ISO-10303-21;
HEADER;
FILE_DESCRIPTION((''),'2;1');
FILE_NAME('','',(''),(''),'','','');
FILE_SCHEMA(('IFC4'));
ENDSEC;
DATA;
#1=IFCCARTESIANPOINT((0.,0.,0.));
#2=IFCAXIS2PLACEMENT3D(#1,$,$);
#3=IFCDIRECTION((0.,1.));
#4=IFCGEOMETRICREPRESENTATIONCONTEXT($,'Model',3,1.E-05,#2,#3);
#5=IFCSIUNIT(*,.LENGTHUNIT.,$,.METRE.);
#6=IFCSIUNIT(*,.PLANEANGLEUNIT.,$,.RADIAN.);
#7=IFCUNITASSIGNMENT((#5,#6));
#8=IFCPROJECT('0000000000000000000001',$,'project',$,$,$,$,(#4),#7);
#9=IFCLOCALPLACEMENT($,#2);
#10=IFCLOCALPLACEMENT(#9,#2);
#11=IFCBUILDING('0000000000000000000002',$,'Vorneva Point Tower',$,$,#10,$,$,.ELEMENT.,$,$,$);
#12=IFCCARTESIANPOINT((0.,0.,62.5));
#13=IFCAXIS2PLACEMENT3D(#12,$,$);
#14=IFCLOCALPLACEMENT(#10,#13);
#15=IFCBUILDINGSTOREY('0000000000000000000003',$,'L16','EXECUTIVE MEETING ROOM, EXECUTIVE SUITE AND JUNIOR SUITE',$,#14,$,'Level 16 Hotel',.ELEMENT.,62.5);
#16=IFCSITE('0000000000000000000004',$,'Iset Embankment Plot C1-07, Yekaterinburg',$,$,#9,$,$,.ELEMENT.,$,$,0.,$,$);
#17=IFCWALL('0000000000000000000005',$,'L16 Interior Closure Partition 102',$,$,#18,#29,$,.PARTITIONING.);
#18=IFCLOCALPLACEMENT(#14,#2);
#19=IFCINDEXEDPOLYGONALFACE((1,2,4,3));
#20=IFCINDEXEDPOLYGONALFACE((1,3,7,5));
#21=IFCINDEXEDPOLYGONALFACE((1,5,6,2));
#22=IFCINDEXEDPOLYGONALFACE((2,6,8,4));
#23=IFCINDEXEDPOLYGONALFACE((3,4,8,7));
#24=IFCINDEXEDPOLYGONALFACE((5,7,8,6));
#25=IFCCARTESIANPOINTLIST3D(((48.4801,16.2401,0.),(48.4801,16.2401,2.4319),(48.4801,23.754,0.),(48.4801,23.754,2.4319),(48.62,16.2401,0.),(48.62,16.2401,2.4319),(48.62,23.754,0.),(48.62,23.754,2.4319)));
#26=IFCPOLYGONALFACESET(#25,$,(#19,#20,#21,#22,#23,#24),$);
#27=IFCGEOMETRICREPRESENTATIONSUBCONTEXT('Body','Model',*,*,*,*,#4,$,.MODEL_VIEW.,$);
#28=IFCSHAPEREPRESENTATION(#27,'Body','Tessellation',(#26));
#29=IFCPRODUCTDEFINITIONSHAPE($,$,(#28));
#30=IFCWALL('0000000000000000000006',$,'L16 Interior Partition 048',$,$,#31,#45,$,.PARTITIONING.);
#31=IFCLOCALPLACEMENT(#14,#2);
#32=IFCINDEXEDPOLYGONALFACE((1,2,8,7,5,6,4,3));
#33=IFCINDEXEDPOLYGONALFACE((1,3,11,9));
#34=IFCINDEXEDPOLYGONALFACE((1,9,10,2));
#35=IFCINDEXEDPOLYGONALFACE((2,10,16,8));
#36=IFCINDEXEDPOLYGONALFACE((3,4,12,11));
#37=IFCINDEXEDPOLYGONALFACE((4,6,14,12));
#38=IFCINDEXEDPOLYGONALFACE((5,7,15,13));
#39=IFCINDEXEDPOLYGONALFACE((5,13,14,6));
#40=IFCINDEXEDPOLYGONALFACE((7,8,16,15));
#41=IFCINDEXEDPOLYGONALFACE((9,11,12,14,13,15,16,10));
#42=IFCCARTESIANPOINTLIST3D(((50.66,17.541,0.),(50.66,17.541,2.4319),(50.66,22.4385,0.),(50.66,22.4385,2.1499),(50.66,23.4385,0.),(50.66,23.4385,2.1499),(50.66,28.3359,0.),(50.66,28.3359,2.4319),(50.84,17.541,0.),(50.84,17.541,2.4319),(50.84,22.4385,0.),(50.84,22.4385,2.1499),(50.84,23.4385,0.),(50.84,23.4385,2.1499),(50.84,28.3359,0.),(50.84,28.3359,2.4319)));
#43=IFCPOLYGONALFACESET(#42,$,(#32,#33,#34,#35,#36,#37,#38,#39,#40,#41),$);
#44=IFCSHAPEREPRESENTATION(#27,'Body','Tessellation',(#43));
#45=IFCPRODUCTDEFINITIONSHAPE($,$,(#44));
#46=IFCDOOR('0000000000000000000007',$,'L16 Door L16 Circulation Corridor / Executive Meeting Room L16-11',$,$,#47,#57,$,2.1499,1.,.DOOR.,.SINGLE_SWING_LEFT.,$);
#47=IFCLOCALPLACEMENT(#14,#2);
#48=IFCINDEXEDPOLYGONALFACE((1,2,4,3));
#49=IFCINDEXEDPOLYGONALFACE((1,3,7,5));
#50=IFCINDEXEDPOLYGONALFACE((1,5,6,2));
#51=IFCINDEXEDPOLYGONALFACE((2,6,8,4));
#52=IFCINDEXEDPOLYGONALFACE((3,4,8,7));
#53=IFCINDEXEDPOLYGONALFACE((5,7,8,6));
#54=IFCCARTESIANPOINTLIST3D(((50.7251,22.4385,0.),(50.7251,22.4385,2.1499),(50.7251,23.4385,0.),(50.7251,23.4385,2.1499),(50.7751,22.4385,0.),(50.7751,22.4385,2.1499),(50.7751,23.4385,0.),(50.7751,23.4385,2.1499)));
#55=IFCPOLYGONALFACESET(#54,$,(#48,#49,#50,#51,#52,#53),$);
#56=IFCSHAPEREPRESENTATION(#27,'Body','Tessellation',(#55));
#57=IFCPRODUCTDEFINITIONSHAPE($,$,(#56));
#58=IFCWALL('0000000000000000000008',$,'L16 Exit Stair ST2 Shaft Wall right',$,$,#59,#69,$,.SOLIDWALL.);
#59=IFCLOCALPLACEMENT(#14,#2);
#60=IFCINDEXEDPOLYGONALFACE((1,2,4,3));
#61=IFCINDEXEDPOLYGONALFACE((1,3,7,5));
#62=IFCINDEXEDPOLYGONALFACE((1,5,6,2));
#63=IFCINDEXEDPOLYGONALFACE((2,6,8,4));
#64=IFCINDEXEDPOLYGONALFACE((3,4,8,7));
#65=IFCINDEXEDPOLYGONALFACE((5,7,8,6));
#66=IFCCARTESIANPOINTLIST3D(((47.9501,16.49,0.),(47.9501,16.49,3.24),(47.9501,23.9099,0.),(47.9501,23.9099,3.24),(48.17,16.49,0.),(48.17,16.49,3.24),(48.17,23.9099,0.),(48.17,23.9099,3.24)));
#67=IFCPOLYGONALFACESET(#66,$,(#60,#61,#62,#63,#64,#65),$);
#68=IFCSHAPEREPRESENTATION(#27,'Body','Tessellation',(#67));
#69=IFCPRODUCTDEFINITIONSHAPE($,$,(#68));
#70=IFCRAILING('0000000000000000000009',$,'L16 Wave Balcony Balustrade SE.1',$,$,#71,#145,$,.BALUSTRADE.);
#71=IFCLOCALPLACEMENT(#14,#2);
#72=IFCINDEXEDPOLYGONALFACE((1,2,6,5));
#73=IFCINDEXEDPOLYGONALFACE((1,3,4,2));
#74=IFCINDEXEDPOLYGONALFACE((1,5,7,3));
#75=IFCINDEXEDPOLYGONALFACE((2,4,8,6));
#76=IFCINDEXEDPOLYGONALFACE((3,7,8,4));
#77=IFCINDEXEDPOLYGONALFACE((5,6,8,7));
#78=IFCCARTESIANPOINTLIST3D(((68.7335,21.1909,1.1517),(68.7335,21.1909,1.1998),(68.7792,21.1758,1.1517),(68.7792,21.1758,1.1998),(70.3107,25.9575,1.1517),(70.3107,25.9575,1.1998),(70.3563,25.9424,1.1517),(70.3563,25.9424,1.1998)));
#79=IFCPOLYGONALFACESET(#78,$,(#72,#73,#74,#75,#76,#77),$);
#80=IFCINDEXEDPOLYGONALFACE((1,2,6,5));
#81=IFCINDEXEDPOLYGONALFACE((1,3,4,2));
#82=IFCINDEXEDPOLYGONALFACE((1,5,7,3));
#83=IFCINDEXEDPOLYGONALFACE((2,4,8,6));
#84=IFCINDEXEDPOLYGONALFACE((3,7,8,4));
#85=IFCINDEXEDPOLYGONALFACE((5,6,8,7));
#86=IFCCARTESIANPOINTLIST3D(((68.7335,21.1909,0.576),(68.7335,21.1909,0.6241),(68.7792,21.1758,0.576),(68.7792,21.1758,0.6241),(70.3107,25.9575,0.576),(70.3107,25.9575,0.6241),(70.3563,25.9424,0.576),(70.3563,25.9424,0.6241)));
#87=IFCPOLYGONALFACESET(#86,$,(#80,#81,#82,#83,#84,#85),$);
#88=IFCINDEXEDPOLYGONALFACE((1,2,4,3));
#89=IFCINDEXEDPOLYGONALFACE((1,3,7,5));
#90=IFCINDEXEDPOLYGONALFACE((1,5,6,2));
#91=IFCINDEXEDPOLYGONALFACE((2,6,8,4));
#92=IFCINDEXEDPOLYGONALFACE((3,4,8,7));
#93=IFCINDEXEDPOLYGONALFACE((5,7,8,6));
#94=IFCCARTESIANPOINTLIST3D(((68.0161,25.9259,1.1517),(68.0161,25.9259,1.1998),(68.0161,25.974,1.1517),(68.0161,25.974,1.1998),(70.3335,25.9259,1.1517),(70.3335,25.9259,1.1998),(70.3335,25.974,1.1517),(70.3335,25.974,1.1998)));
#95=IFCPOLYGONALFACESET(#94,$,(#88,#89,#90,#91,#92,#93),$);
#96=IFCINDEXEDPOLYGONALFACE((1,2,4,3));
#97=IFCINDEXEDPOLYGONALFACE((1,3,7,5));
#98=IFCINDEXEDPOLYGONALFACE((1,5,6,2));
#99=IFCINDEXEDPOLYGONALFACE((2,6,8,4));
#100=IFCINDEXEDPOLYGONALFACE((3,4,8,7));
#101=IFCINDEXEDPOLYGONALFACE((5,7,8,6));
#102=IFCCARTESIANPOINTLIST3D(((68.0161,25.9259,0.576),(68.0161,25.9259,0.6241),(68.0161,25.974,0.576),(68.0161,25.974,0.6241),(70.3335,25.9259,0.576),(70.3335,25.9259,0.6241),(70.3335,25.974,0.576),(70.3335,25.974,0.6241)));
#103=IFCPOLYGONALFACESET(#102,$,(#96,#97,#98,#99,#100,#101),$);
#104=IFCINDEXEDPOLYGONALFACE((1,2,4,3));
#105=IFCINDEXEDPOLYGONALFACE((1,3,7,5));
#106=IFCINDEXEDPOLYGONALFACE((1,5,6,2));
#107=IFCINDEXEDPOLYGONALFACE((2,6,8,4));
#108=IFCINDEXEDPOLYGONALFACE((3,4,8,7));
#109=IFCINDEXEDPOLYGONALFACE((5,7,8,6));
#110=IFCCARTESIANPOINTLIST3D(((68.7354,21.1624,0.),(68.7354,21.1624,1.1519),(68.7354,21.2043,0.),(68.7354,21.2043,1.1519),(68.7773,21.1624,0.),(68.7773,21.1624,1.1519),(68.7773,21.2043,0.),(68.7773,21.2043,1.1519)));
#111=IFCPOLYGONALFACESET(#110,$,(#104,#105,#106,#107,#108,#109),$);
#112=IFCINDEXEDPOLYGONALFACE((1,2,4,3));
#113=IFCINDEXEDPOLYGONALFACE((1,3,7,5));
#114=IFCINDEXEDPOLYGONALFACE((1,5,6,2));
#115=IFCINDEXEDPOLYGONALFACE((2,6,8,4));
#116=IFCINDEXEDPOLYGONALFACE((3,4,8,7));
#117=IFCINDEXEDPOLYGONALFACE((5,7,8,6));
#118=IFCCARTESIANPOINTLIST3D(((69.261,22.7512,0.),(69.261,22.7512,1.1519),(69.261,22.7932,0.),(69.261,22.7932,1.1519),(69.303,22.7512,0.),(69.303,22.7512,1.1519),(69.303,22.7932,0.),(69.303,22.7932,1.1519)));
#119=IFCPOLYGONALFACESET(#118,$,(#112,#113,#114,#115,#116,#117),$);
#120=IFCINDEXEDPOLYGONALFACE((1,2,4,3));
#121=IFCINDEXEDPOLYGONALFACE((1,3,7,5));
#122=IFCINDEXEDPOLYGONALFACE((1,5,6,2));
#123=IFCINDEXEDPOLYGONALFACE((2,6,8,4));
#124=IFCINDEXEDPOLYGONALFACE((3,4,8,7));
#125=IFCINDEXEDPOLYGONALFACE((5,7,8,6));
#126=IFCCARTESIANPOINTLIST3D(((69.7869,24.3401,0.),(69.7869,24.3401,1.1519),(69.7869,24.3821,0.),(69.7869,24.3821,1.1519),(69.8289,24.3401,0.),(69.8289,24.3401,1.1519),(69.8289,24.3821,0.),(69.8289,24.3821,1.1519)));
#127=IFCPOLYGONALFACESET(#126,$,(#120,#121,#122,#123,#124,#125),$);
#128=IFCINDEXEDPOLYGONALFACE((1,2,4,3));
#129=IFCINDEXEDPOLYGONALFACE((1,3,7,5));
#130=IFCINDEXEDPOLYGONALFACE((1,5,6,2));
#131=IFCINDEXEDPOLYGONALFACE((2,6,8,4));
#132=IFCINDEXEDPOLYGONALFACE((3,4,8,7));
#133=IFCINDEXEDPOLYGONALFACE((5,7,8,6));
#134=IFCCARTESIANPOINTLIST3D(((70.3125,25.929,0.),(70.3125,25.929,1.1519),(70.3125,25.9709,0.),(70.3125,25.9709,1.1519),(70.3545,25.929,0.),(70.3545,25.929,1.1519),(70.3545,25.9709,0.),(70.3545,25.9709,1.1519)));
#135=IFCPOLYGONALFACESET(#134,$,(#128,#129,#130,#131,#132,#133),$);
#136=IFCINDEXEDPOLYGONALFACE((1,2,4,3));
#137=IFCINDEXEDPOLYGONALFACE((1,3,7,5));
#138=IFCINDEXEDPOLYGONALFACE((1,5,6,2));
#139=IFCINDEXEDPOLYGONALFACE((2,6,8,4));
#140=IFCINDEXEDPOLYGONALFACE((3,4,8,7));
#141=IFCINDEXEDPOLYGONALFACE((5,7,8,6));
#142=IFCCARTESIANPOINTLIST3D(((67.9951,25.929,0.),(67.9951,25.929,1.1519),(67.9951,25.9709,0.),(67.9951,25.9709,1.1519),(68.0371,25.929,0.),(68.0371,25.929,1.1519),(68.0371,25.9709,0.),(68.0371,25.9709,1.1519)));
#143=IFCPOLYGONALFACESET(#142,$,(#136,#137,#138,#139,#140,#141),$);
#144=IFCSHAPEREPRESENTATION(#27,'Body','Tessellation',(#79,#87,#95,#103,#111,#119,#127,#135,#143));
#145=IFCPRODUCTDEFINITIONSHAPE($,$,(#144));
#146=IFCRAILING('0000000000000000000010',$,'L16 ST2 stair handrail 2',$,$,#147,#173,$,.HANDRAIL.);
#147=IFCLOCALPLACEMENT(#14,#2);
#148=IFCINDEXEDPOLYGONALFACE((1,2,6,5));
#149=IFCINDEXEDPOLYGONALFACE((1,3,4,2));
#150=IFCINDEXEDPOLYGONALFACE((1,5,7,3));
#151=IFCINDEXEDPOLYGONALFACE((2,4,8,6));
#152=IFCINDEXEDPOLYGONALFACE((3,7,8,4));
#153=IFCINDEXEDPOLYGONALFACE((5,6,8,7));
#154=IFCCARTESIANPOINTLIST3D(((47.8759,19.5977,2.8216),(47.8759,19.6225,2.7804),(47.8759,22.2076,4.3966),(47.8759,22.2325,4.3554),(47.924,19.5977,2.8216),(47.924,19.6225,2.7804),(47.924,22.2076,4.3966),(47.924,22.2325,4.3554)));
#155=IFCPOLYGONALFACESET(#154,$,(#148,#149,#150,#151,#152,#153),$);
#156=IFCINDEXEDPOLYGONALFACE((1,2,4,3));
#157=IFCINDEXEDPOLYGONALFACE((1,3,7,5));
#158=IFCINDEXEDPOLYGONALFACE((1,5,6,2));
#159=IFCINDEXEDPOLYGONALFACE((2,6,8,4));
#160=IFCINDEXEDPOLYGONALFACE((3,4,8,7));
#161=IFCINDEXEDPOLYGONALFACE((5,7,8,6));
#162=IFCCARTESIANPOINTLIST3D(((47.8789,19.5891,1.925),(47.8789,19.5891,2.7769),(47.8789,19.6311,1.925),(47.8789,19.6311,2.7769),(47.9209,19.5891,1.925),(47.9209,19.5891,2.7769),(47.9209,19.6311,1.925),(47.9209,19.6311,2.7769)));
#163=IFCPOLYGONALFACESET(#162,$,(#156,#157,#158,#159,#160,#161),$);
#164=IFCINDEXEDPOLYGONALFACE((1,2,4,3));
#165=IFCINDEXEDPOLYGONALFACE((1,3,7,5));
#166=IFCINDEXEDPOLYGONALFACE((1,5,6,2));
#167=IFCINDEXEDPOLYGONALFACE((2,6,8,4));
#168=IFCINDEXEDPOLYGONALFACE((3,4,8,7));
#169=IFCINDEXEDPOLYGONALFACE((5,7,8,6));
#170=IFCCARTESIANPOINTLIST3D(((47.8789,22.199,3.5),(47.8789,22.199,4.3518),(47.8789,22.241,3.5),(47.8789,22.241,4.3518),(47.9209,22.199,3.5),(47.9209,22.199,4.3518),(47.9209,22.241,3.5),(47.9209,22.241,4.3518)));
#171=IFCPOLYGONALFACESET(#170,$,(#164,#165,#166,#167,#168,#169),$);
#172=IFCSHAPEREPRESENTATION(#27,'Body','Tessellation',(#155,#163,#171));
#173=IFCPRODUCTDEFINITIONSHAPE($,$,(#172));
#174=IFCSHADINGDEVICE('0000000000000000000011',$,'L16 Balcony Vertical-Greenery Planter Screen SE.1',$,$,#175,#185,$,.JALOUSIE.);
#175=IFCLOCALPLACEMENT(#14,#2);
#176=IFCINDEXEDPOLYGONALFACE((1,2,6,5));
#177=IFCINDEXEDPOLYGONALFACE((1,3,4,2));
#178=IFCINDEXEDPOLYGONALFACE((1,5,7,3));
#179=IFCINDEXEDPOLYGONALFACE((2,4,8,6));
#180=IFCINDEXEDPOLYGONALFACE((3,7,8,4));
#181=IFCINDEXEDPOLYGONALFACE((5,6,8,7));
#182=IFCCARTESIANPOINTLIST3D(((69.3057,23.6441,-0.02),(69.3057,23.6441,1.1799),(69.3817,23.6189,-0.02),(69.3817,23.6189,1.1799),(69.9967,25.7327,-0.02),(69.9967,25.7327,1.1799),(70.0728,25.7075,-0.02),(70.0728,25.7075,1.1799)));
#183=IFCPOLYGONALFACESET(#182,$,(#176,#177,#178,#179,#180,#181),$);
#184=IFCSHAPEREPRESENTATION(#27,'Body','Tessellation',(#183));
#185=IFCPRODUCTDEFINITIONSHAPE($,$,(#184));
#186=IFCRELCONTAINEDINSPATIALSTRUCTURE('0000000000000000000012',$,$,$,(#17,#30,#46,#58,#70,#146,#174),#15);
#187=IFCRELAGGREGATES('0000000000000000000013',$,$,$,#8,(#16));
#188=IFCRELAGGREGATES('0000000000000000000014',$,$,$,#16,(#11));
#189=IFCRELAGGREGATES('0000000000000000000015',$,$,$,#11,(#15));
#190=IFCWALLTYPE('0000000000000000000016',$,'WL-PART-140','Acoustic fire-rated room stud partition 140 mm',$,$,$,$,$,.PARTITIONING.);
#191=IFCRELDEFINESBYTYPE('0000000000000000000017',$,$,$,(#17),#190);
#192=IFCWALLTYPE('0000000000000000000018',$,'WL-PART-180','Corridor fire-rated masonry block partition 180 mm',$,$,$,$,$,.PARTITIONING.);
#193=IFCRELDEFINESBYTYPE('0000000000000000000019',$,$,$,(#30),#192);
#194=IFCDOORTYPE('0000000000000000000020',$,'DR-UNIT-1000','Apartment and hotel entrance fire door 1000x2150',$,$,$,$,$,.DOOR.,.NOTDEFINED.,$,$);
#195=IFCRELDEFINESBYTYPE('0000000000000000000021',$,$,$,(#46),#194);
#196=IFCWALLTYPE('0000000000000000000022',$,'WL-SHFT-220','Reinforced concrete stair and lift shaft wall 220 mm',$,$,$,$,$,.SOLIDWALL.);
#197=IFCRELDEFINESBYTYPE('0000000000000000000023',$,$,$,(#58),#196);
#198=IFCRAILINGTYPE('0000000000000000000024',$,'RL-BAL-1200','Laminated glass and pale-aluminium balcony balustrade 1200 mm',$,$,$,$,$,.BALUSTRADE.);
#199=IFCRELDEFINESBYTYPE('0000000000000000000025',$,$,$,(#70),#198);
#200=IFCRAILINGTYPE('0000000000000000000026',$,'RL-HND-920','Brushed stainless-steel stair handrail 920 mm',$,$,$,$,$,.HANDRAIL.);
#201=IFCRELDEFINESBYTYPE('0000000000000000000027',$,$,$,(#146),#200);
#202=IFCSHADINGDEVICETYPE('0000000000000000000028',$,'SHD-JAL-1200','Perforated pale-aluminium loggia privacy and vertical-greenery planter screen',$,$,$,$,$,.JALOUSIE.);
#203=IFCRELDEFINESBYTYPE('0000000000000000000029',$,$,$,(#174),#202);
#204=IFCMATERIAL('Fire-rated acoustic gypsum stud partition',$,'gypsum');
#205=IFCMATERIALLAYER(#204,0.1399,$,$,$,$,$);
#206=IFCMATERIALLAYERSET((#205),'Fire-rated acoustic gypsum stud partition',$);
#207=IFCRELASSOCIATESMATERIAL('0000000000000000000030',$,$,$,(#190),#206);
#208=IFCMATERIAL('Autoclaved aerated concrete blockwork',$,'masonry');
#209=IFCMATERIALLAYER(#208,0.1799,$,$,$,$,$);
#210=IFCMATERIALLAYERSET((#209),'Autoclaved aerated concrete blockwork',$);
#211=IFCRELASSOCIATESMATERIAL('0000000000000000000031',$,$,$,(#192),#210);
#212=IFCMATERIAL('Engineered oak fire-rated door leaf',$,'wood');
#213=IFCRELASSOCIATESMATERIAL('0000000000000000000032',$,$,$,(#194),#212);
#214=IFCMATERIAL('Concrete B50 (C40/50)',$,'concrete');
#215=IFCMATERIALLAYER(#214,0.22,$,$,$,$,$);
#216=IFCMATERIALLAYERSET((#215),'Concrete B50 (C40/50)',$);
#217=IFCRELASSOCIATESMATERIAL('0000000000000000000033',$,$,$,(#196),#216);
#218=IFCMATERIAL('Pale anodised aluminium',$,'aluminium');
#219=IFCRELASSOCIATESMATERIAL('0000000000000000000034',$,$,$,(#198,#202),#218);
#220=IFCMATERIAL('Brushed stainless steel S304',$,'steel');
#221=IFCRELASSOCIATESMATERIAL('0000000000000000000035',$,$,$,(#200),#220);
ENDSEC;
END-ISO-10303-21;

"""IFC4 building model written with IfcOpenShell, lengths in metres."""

from ifc_helpers import new_model, si_unit, direction, frame, frame_2d, origin, origin_2d, place, context, subcontext, project, spatial, rectangle, extrude, material, layer, layer_set, type_object, element, fill, save


model = new_model("IFC4")

# Units and contexts
model_context = context("Model", 3, precision=1e-05, world=origin(), true_north=direction((0.0, 1.0)))
body_context = subcontext(model_context, "Body", "Model", "MODEL_VIEW")
ifc_project = project(units=[si_unit("LENGTHUNIT", "METRE"), si_unit("PLANEANGLEUNIT", "RADIAN")], contexts=[model_context])

# Site, building, storey
site_placement = place(None, origin())
site = spatial("IfcSite", under=ifc_project, at=site_placement, Name="Iset Embankment Plot C1-07, Yekaterinburg", CompositionType="ELEMENT", RefElevation=0.0)
building_placement = place(site_placement, origin())
building = spatial("IfcBuilding", under=site, at=building_placement, Name="Vorneva Point Tower", CompositionType="ELEMENT")
storey_placement = place(building_placement, frame((0.0, 0.0, 62.5)))
storey = spatial("IfcBuildingStorey", under=building, at=storey_placement, Name="L16", Description="EXECUTIVE MEETING ROOM, EXECUTIVE SUITE AND JUNIOR SUITE", LongName="Level 16 Hotel", CompositionType="ELEMENT", Elevation=62.5)

# Shared definitions
ifc_material_1 = material(Name="Pale anodised aluminium", Category="aluminium")

# Wall
ifc_material_2 = material(Name="Fire-rated acoustic gypsum stud partition", Category="gypsum")
ifc_layer_1 = layer(ifc_material_2, 0.1399)
ifc_layer_set_1 = layer_set([ifc_layer_1], Name="Fire-rated acoustic gypsum stud partition")
wall_type_1 = type_object("IfcWallType", Name="WL-PART-140", Description="Acoustic fire-rated room stud partition 140 mm", PredefinedType="PARTITIONING", material=ifc_layer_set_1)
wall_1_placement = place(storey_placement, frame((48.55, 23.7539, 0.0), z_axis=(0.0, 0.0, 1.0), x_axis=(0.0, -1.0, 0.0)))
element("IfcWall", 1, at=wall_1_placement, inside=storey, type_object=wall_type_1, Name="L16 Interior Closure Partition 102", PredefinedType="PARTITIONING", context=body_context, shape_type="SweptSolid", body=[
    extrude(rectangle(XDim=7.5139, YDim=0.1399, at=frame_2d((3.7568, 0.0))), origin(), (0.0, 0.0, 1.0), 2.4319),
])

# Wall, opening, door
ifc_material_3 = material(Name="Autoclaved aerated concrete blockwork", Category="masonry")
ifc_layer_2 = layer(ifc_material_3, 0.1799)
ifc_layer_set_2 = layer_set([ifc_layer_2], Name="Autoclaved aerated concrete blockwork")
wall_type_2 = type_object("IfcWallType", Name="WL-PART-180", Description="Corridor fire-rated masonry block partition 180 mm", PredefinedType="PARTITIONING", material=ifc_layer_set_2)
wall_2_placement = place(storey_placement, frame((50.75, 17.541, 0.0), z_axis=(0.0, 0.0, 1.0), x_axis=(0.0, 1.0, 0.0)))
wall_2 = element("IfcWall", 2, at=wall_2_placement, inside=storey, type_object=wall_type_2, Name="L16 Interior Partition 048", PredefinedType="PARTITIONING", context=body_context, shape_type="SweptSolid", body=[
    extrude(rectangle(XDim=10.7949, YDim=0.1799, at=frame_2d((5.3975, 0.0))), origin(), (0.0, 0.0, 1.0), 2.4319),
])
opening_1_placement = place(wall_2_placement, frame((4.8975, 0.0, 0.0)))
opening_1 = element("IfcOpeningElement", 3, at=opening_1_placement, cuts=wall_2, PredefinedType="OPENING", context=body_context, shape_type="SweptSolid", body=[
    extrude(rectangle(XDim=1.0, YDim=2.1499, at=frame_2d((0.5, 1.075))), frame((0.0, 0.105, 0.0), z_axis=(0.0, -1.0, 0.0), x_axis=(1.0, 0.0, 0.0)), (0.0, 0.0, 1.0), 0.2097),
])
ifc_material_4 = material(Name="Engineered oak fire-rated door leaf", Category="wood")
door_type_1 = type_object("IfcDoorType", Name="DR-UNIT-1000", Description="Apartment and hotel entrance fire door 1000x2150", OperationType="NOTDEFINED", PredefinedType="DOOR", material=ifc_material_4)
door_1_placement = place(opening_1_placement, origin())
door_1 = element("IfcDoor", 4, at=door_1_placement, inside=storey, type_object=door_type_1, Name="L16 Door L16 Circulation Corridor / Executive Meeting Room L16-11", OperationType="SINGLE_SWING_LEFT", OverallHeight=2.1499, OverallWidth=1.0, PredefinedType="DOOR", context=body_context, shape_type="SweptSolid", body=[
    extrude(rectangle(XDim=1.0, YDim=2.1499, at=frame_2d((0.5, 1.075))), frame((0.0, 0.0249, 0.0), z_axis=(0.0, -1.0, 0.0), x_axis=(1.0, 0.0, 0.0)), (0.0, 0.0, 1.0), 0.05),
])
fill(opening_1, door_1)

# Wall
ifc_material_5 = material(Name="Concrete B50 (C40/50)", Category="concrete")
ifc_layer_3 = layer(ifc_material_5, 0.22)
ifc_layer_set_3 = layer_set([ifc_layer_3], Name="Concrete B50 (C40/50)")
wall_type_3 = type_object("IfcWallType", Name="WL-SHFT-220", Description="Reinforced concrete stair and lift shaft wall 220 mm", PredefinedType="SOLIDWALL", material=ifc_layer_set_3)
wall_3_placement = place(storey_placement, frame((48.0601, 23.9099, 0.0), z_axis=(0.0, 0.0, 1.0), x_axis=(0.0, -1.0, 0.0)))
element("IfcWall", 5, at=wall_3_placement, inside=storey, type_object=wall_type_3, Name="L16 Exit Stair ST2 Shaft Wall right", PredefinedType="SOLIDWALL", context=body_context, shape_type="SweptSolid", body=[
    extrude(rectangle(XDim=7.4199, YDim=0.22, at=frame_2d((3.71, 0.0))), origin(), (0.0, 0.0, 1.0), 3.24),
])

# Railings
railing_type_1 = type_object("IfcRailingType", Name="RL-BAL-1200", Description="Laminated glass and pale-aluminium balcony balustrade 1200 mm", PredefinedType="BALUSTRADE", material=ifc_material_1)
railing_1_placement = place(storey_placement, frame((68.7563, 21.1833, 0.0)))
element("IfcRailing", 6, at=railing_1_placement, inside=storey, type_object=railing_type_1, Name="L16 Wave Balcony Balustrade SE.1", PredefinedType="BALUSTRADE", context=body_context, shape_type="SweptSolid", body=[
    extrude(rectangle(XDim=0.0481, YDim=0.0481, at=origin_2d()), frame((0.0, 0.0, 1.1758), z_axis=(0.314126, 0.949381, 0.0), x_axis=(-0.949381, 0.314126, 0.0)), (0.0, 0.0, 1.0), 5.0208),
    extrude(rectangle(XDim=0.0481, YDim=0.0481, at=origin_2d()), frame((0.0, 0.0, 0.6001), z_axis=(0.314126, 0.949381, 0.0), x_axis=(-0.949381, 0.314126, 0.0)), (0.0, 0.0, 1.0), 5.0208),
    extrude(rectangle(XDim=0.0481, YDim=0.0481, at=origin_2d()), frame((1.5771, 4.7666, 1.1758), z_axis=(-1.0, 0.0, 0.0), x_axis=(0.0, -1.0, 0.0)), (0.0, 0.0, 1.0), 2.3174),
    extrude(rectangle(XDim=0.0481, YDim=0.0481, at=origin_2d()), frame((1.5771, 4.7666, 0.6001), z_axis=(-1.0, 0.0, 0.0), x_axis=(0.0, -1.0, 0.0)), (0.0, 0.0, 1.0), 2.3174),
    extrude(rectangle(XDim=0.042, YDim=0.042, at=origin_2d()), origin(), (0.0, 0.0, 1.0), 1.1519),
    extrude(rectangle(XDim=0.042, YDim=0.042, at=origin_2d()), frame((0.5256, 1.5889, 0.0)), (0.0, 0.0, 1.0), 1.1519),
    extrude(rectangle(XDim=0.042, YDim=0.042, at=origin_2d()), frame((1.0515, 3.1777, 0.0)), (0.0, 0.0, 1.0), 1.1519),
    extrude(rectangle(XDim=0.042, YDim=0.042, at=origin_2d()), frame((1.5771, 4.7666, 0.0)), (0.0, 0.0, 1.0), 1.1519),
    extrude(rectangle(XDim=0.042, YDim=0.042, at=origin_2d()), frame((-0.7402, 4.7666, 0.0)), (0.0, 0.0, 1.0), 1.1519),
])
ifc_material_6 = material(Name="Brushed stainless steel S304", Category="steel")
railing_type_2 = type_object("IfcRailingType", Name="RL-HND-920", Description="Brushed stainless-steel stair handrail 920 mm", PredefinedType="HANDRAIL", material=ifc_material_6)
railing_2_placement = place(storey_placement, frame((47.8999, 19.6101, 1.925)))
element("IfcRailing", 7, at=railing_2_placement, inside=storey, type_object=railing_type_2, Name="L16 ST2 stair handrail 2", PredefinedType="HANDRAIL", context=body_context, shape_type="SweptSolid", body=[
    extrude(rectangle(XDim=0.0481, YDim=0.0481, at=origin_2d()), frame((0.0, 0.0, 0.876), z_axis=(0.0, 0.856183, 0.516673), x_axis=(-1.0, 0.0, 0.0)), (0.0, 0.0, 1.0), 3.0483),
    extrude(rectangle(XDim=0.042, YDim=0.042, at=origin_2d()), origin(), (0.0, 0.0, 1.0), 0.8518),
    extrude(rectangle(XDim=0.042, YDim=0.042, at=origin_2d()), frame((0.0, 2.6099, 1.575)), (0.0, 0.0, 1.0), 0.8518),
])

# Shading device
shading_device_type = type_object("IfcShadingDeviceType", Name="SHD-JAL-1200", Description="Perforated pale-aluminium loggia privacy and vertical-greenery planter screen", PredefinedType="JALOUSIE", material=ifc_material_1)
shading_device_placement = place(storey_placement, frame((69.6892, 24.6758, -0.02), z_axis=(0.0, 0.0, 1.0), x_axis=(0.314125, 0.949382, 0.0)))
element("IfcShadingDevice", 8, at=shading_device_placement, inside=storey, type_object=shading_device_type, Name="L16 Balcony Vertical-Greenery Planter Screen SE.1", PredefinedType="JALOUSIE", context=body_context, shape_type="SweptSolid", body=[
    extrude(rectangle(XDim=2.2, YDim=0.0801, at=origin_2d()), origin(), (0.0, 0.0, 1.0), 1.2),
])

save(model, "model.ifc")
